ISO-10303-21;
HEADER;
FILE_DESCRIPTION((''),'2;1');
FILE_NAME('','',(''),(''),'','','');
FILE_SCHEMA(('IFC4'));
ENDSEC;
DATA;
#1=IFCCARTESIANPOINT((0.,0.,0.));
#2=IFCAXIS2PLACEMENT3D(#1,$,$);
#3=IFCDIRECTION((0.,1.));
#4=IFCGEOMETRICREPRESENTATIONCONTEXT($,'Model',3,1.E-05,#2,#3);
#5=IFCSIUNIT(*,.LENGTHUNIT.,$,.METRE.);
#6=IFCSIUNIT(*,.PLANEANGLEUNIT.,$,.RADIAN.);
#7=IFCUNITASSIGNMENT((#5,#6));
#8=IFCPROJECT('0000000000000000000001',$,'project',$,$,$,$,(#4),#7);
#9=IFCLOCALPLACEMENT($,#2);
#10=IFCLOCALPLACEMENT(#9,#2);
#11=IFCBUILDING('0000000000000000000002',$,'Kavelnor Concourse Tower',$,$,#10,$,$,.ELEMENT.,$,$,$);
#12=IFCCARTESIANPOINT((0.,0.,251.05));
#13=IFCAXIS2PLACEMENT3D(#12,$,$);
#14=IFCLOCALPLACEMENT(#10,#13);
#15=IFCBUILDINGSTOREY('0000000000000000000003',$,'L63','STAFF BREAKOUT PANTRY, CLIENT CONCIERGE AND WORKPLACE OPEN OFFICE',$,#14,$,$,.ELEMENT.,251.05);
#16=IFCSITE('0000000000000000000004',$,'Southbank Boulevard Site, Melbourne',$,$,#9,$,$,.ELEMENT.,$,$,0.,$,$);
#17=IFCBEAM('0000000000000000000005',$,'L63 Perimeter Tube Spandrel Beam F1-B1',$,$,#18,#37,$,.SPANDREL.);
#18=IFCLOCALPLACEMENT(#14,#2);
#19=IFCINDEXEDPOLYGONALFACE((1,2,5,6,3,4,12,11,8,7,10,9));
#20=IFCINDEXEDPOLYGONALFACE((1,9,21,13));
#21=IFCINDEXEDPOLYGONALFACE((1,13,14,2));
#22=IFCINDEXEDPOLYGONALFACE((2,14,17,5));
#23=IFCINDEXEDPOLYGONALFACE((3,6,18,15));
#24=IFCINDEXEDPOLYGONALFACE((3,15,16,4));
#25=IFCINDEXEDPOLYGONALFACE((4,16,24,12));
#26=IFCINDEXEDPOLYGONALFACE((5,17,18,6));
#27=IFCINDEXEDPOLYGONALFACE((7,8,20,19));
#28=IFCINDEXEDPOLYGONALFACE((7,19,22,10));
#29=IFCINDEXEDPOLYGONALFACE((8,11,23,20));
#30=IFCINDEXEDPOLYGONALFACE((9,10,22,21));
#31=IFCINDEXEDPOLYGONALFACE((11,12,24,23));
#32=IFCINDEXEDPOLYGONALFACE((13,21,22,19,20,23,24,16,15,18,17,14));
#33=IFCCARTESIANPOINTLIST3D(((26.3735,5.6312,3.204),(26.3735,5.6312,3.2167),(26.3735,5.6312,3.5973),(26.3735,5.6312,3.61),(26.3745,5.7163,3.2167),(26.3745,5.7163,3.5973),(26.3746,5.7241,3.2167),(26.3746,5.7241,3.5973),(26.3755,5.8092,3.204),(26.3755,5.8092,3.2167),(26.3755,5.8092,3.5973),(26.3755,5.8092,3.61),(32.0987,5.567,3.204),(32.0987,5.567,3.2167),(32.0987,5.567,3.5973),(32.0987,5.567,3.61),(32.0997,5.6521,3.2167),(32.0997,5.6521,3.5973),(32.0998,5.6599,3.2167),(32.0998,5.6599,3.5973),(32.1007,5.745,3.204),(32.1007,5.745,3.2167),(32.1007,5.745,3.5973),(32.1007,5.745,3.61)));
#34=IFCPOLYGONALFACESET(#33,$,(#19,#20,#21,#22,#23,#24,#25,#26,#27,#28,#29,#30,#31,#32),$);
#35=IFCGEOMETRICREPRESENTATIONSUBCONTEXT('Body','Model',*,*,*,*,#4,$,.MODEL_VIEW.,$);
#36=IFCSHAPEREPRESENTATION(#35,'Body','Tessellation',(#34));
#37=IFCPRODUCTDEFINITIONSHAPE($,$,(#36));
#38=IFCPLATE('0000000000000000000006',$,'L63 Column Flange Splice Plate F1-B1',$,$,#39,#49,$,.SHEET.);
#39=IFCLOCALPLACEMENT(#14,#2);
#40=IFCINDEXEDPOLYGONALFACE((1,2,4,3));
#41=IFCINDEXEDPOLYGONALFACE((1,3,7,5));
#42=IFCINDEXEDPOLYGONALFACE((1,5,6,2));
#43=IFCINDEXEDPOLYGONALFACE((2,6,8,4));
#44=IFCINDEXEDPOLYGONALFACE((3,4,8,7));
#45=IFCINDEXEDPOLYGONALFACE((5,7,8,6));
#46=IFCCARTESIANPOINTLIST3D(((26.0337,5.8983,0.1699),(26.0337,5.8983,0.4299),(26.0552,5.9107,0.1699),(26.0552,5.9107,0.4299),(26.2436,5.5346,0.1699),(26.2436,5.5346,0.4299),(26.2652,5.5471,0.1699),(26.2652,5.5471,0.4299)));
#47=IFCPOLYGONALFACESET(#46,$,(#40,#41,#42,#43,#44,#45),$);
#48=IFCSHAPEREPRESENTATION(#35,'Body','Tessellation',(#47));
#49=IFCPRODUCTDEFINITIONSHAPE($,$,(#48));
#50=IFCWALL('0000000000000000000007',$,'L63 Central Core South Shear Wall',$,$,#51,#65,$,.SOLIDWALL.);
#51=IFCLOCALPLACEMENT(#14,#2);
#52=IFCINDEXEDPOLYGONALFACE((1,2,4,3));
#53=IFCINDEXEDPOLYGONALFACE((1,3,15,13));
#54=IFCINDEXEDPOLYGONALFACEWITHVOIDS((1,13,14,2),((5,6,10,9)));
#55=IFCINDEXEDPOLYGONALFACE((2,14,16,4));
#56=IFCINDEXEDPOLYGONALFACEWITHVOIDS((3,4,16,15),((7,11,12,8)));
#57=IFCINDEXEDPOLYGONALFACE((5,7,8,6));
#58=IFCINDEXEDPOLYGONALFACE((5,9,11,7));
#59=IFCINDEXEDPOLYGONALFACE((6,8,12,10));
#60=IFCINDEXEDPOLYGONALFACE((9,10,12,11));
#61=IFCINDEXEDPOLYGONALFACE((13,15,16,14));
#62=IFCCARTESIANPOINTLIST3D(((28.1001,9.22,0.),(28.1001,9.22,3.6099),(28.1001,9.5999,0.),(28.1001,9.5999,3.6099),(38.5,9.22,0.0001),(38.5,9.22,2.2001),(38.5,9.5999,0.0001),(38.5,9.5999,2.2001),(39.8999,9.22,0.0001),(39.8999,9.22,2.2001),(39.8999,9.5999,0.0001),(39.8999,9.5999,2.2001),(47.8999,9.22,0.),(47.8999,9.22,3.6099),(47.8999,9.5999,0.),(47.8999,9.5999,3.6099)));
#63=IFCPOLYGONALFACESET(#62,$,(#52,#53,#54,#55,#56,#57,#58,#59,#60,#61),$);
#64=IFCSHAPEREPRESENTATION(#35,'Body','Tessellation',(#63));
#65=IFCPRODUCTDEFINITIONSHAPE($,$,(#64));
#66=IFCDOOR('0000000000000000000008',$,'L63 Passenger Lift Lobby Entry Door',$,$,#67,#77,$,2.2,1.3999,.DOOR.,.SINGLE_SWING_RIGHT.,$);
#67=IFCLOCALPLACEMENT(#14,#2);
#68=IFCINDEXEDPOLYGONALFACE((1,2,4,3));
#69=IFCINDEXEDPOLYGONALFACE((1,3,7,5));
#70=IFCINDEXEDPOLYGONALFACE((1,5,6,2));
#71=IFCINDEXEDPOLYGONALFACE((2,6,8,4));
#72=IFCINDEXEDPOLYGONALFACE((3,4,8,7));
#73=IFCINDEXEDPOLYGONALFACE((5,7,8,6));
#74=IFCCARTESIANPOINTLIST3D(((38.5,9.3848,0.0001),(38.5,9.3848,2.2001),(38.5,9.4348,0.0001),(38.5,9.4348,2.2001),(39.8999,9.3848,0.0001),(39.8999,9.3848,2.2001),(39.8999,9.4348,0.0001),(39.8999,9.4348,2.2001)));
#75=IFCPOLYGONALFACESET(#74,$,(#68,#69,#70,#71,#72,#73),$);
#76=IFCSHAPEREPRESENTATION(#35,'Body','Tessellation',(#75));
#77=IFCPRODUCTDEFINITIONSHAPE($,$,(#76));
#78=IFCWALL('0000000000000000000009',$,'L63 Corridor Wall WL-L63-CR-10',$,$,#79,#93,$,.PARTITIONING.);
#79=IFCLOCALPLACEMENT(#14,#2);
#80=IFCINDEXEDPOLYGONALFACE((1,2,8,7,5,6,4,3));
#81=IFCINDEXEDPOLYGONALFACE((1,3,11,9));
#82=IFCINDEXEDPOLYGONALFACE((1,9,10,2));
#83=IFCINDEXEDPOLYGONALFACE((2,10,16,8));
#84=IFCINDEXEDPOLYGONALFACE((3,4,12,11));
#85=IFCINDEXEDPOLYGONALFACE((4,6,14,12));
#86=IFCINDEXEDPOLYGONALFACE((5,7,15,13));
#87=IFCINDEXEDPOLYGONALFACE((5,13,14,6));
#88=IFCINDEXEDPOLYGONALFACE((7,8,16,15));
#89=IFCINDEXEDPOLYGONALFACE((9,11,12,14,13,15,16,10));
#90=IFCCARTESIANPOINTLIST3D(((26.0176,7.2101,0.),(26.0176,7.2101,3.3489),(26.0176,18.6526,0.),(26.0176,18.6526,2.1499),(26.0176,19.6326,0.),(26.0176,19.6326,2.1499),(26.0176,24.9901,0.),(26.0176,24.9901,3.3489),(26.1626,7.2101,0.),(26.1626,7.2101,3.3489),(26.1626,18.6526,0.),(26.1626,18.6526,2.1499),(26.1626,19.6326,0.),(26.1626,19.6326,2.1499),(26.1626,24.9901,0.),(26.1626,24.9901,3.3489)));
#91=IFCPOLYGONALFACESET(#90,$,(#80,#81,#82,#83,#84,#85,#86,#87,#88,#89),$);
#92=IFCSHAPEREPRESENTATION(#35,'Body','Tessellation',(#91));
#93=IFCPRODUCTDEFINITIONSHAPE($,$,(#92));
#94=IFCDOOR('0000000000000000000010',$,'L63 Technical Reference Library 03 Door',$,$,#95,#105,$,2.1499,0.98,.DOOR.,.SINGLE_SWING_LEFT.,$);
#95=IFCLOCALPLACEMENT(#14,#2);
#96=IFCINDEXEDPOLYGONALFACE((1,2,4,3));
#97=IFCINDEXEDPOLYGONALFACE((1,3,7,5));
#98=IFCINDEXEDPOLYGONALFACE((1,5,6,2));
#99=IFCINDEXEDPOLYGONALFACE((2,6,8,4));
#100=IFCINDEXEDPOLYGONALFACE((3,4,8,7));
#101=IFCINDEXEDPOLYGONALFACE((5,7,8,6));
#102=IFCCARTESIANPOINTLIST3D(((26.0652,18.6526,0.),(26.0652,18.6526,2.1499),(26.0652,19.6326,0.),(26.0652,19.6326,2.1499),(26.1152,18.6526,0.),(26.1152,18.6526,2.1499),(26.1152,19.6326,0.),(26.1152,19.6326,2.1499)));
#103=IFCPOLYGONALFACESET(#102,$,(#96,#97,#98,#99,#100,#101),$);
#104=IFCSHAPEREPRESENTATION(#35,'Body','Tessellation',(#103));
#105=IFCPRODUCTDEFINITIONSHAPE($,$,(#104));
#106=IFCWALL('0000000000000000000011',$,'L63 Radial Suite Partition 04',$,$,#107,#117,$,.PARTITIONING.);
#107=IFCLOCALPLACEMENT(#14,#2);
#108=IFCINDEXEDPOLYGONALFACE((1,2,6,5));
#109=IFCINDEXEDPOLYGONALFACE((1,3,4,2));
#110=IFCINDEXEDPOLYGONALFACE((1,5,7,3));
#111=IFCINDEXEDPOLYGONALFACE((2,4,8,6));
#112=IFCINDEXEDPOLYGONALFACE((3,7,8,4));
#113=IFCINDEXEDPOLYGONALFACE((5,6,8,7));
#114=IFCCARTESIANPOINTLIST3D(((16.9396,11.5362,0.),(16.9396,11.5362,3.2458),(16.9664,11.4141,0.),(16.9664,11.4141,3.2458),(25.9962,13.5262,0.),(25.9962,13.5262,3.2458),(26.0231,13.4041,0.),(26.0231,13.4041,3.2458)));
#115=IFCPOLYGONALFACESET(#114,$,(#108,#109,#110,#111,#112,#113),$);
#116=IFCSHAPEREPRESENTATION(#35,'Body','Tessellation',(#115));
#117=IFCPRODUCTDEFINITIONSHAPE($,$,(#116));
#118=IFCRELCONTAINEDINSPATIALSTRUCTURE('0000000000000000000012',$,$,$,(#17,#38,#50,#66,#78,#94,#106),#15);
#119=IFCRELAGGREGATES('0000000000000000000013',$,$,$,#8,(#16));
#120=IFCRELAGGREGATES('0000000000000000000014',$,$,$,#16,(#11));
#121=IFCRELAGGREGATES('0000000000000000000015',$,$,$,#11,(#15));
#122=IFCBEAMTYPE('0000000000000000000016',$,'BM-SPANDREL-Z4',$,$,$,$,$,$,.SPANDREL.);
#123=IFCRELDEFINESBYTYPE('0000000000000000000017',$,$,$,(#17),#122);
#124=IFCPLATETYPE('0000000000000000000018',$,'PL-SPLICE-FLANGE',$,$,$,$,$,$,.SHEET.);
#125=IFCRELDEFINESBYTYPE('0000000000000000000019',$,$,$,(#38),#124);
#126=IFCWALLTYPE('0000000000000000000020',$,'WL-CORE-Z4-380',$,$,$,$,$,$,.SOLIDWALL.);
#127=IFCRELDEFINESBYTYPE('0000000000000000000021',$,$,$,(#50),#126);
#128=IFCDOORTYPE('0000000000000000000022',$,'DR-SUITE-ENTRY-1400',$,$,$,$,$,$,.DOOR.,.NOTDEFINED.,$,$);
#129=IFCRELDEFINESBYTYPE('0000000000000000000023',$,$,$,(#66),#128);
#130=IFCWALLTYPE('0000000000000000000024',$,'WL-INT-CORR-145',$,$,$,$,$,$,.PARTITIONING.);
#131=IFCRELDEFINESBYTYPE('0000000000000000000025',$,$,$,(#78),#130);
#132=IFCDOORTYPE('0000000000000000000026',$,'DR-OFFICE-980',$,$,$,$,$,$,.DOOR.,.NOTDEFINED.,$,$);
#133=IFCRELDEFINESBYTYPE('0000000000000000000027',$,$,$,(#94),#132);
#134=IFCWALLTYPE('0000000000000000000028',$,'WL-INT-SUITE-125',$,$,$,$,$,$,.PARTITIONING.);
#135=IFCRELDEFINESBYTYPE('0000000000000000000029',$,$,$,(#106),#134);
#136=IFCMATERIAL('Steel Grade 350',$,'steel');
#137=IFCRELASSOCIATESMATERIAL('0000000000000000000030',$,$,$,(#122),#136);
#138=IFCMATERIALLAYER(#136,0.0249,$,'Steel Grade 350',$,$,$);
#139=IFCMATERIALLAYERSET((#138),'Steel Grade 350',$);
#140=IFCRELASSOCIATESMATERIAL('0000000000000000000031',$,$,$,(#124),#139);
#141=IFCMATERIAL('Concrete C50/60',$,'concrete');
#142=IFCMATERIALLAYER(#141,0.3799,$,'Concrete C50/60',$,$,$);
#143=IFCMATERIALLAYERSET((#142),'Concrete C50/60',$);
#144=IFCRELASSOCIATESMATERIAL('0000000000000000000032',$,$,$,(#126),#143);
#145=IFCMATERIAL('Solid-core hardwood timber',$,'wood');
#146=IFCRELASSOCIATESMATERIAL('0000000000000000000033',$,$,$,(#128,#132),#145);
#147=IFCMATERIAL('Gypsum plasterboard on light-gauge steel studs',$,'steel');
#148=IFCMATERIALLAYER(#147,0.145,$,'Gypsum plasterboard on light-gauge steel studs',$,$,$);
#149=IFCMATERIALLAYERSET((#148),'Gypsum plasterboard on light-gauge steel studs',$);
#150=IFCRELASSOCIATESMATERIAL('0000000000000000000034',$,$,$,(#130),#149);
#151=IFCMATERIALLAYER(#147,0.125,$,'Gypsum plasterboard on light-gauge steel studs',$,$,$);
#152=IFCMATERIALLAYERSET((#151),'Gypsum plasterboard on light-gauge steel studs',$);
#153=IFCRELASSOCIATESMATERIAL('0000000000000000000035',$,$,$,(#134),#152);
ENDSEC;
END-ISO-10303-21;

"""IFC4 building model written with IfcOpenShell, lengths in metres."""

from ifc_helpers import new_model, si_unit, direction, frame, frame_2d, origin, origin_2d, place, context, subcontext, project, spatial, rectangle, i_section, extrude, material, layer, layer_set, material_profile, profile_set, type_object, element, fill, save


model = new_model("IFC4")

# Units and contexts
model_context = context("Model", 3, precision=1e-05, world=origin(), true_north=direction((0.0, 1.0)))
body_context = subcontext(model_context, "Body", "Model", "MODEL_VIEW")
ifc_project = project(units=[si_unit("LENGTHUNIT", "METRE"), si_unit("PLANEANGLEUNIT", "RADIAN")], contexts=[model_context])

# Site, building, storey
site_placement = place(None, origin())
site = spatial("IfcSite", under=ifc_project, at=site_placement, Name="Southbank Boulevard Site, Melbourne", CompositionType="ELEMENT", RefElevation=0.0)
building_placement = place(site_placement, origin())
building = spatial("IfcBuilding", under=site, at=building_placement, Name="Kavelnor Concourse Tower", CompositionType="ELEMENT")
storey_placement = place(building_placement, frame((0.0, 0.0, 251.05)))
storey = spatial("IfcBuildingStorey", under=building, at=storey_placement, Name="L63", Description="STAFF BREAKOUT PANTRY, CLIENT CONCIERGE AND WORKPLACE OPEN OFFICE", CompositionType="ELEMENT", Elevation=251.05)

# Shared definitions
ifc_material_1 = material(Name="Steel Grade 350", Category="steel")

# Beam
ifc_material_profile_1 = material_profile(ifc_material_1, i_section(OverallWidth=0.178, OverallDepth=0.406, WebThickness=0.0078, FlangeThickness=0.0127, at=origin_2d()), Name="410UB59")
ifc_profile_set_1 = profile_set([ifc_material_profile_1], Name="Steel Grade 350")
beam_type_1 = type_object("IfcBeamType", Name="BM-SPANDREL-Z4", PredefinedType="SPANDREL", material=ifc_profile_set_1)
beam_1_placement = place(storey_placement, frame((26.3745, 5.7202, 3.407), z_axis=(0.999937, -0.011214, 0.0), x_axis=(0.011214, 0.999937, 0.0)))
element("IfcBeam", 1, at=beam_1_placement, inside=storey, type_object=beam_type_1, Name="L63 Perimeter Tube Spandrel Beam F1-B1", PredefinedType="SPANDREL", context=body_context, shape_type="SweptSolid", body=[
    extrude(i_section(OverallWidth=0.178, OverallDepth=0.406, WebThickness=0.0078, FlangeThickness=0.0127, at=origin_2d()), origin(), (0.0, 0.0, 1.0), 5.7256),
])

# Plate
ifc_layer_1 = layer(ifc_material_1, 0.0249, Name="Steel Grade 350")
ifc_layer_set_1 = layer_set([ifc_layer_1], Name="Steel Grade 350")
plate_type = type_object("IfcPlateType", Name="PL-SPLICE-FLANGE", PredefinedType="SHEET", material=ifc_layer_set_1)
plate_placement = place(storey_placement, frame((26.1494, 5.7227, 0.1699), z_axis=(0.0, 0.0, 1.0), x_axis=(-0.5, 0.866025, 0.0)))
element("IfcPlate", 2, at=plate_placement, inside=storey, type_object=plate_type, Name="L63 Column Flange Splice Plate F1-B1", PredefinedType="SHEET", context=body_context, shape_type="SweptSolid", body=[
    extrude(rectangle(XDim=0.4199, YDim=0.0249, at=origin_2d()), origin(), (0.0, 0.0, 1.0), 0.26),
])

# Walls, openings, doors
ifc_material_2 = material(Name="Concrete C50/60", Category="concrete")
ifc_layer_2 = layer(ifc_material_2, 0.3799, Name="Concrete C50/60")
ifc_layer_set_2 = layer_set([ifc_layer_2], Name="Concrete C50/60")
wall_type_1 = type_object("IfcWallType", Name="WL-CORE-Z4-380", PredefinedType="SOLIDWALL", material=ifc_layer_set_2)
wall_1_placement = place(storey_placement, frame((28.1001, 9.4099, 0.0), z_axis=(0.0, 0.0, 1.0), x_axis=(1.0, 0.0, 0.0)))
wall_1 = element("IfcWall", 3, at=wall_1_placement, inside=storey, type_object=wall_type_1, Name="L63 Central Core South Shear Wall", PredefinedType="SOLIDWALL", context=body_context, shape_type="SweptSolid", body=[
    extrude(rectangle(XDim=19.7998, YDim=0.3799, at=frame_2d((9.8999, 0.0))), origin(), (0.0, 0.0, 1.0), 3.6099),
])
opening_1_placement = place(wall_1_placement, frame((10.3999, 0.0, 0.0)))
opening_1 = element("IfcOpeningElement", 4, at=opening_1_placement, cuts=wall_1, PredefinedType="OPENING", context=body_context, shape_type="SweptSolid", body=[
    extrude(rectangle(XDim=1.3999, YDim=2.2, at=frame_2d((0.7, 1.1001))), frame((0.0, 0.2, 0.0), z_axis=(0.0, -1.0, 0.0), x_axis=(1.0, 0.0, 0.0)), (0.0, 0.0, 1.0), 0.3999),
])
ifc_material_3 = material(Name="Solid-core hardwood timber", Category="wood")
door_type_1 = type_object("IfcDoorType", Name="DR-SUITE-ENTRY-1400", OperationType="NOTDEFINED", PredefinedType="DOOR", material=ifc_material_3)
door_1_placement = place(opening_1_placement, origin())
door_1 = element("IfcDoor", 5, at=door_1_placement, inside=storey, type_object=door_type_1, Name="L63 Passenger Lift Lobby Entry Door", OperationType="SINGLE_SWING_RIGHT", OverallHeight=2.2, OverallWidth=1.3999, PredefinedType="DOOR", context=body_context, shape_type="SweptSolid", body=[
    extrude(rectangle(XDim=1.3999, YDim=2.2, at=frame_2d((0.7, 1.1001))), frame((0.0, 0.0249, 0.0), z_axis=(0.0, -1.0, 0.0), x_axis=(1.0, 0.0, 0.0)), (0.0, 0.0, 1.0), 0.05),
])
fill(opening_1, door_1)
ifc_material_4 = material(Name="Gypsum plasterboard on light-gauge steel studs", Category="steel")
ifc_layer_3 = layer(ifc_material_4, 0.145, Name="Gypsum plasterboard on light-gauge steel studs")
ifc_layer_set_3 = layer_set([ifc_layer_3], Name="Gypsum plasterboard on light-gauge steel studs")
wall_type_2 = type_object("IfcWallType", Name="WL-INT-CORR-145", PredefinedType="PARTITIONING", material=ifc_layer_set_3)
wall_2_placement = place(storey_placement, frame((26.0901, 7.21, 0.0), z_axis=(0.0, 0.0, 1.0), x_axis=(0.0, 1.0, 0.0)))
wall_2 = element("IfcWall", 6, at=wall_2_placement, inside=storey, type_object=wall_type_2, Name="L63 Corridor Wall WL-L63-CR-10", PredefinedType="PARTITIONING", context=body_context, shape_type="SweptSolid", body=[
    extrude(rectangle(XDim=17.78, YDim=0.145, at=frame_2d((8.8901, 0.0))), origin(), (0.0, 0.0, 1.0), 3.3489),
])
opening_2_placement = place(wall_2_placement, frame((11.4426, 0.0, 0.0)))
opening_2 = element("IfcOpeningElement", 7, at=opening_2_placement, cuts=wall_2, PredefinedType="OPENING", context=body_context, shape_type="SweptSolid", body=[
    extrude(rectangle(XDim=0.98, YDim=2.1499, at=frame_2d((0.49, 1.075))), frame((0.0, 0.0825, 0.0), z_axis=(0.0, -1.0, 0.0), x_axis=(1.0, 0.0, 0.0)), (0.0, 0.0, 1.0), 0.165),
])
door_type_2 = type_object("IfcDoorType", Name="DR-OFFICE-980", OperationType="NOTDEFINED", PredefinedType="DOOR", material=ifc_material_3)
door_2_placement = place(opening_2_placement, origin())
door_2 = element("IfcDoor", 8, at=door_2_placement, inside=storey, type_object=door_type_2, Name="L63 Technical Reference Library 03 Door", OperationType="SINGLE_SWING_LEFT", OverallHeight=2.1499, OverallWidth=0.98, PredefinedType="DOOR", context=body_context, shape_type="SweptSolid", body=[
    extrude(rectangle(XDim=0.98, YDim=2.1499, at=frame_2d((0.49, 1.075))), frame((0.0, 0.0249, 0.0), z_axis=(0.0, -1.0, 0.0), x_axis=(1.0, 0.0, 0.0)), (0.0, 0.0, 1.0), 0.05),
])
fill(opening_2, door_2)

# Wall
ifc_layer_4 = layer(ifc_material_4, 0.125, Name="Gypsum plasterboard on light-gauge steel studs")
ifc_layer_set_4 = layer_set([ifc_layer_4], Name="Gypsum plasterboard on light-gauge steel studs")
wall_type_3 = type_object("IfcWallType", Name="WL-INT-SUITE-125", PredefinedType="PARTITIONING", material=ifc_layer_set_4)
wall_3_placement = place(storey_placement, frame((26.0095, 13.4651, 0.0), z_axis=(0.0, 0.0, 1.0), x_axis=(-0.9767, -0.214608, 0.0)))
element("IfcWall", 9, at=wall_3_placement, inside=storey, type_object=wall_type_3, Name="L63 Radial Suite Partition 04", PredefinedType="PARTITIONING", context=body_context, shape_type="SweptSolid", body=[
    extrude(rectangle(XDim=9.2727, YDim=0.125, at=frame_2d((4.6362, 0.0))), origin(), (0.0, 0.0, 1.0), 3.2458),
])

save(model, "model.ifc")
